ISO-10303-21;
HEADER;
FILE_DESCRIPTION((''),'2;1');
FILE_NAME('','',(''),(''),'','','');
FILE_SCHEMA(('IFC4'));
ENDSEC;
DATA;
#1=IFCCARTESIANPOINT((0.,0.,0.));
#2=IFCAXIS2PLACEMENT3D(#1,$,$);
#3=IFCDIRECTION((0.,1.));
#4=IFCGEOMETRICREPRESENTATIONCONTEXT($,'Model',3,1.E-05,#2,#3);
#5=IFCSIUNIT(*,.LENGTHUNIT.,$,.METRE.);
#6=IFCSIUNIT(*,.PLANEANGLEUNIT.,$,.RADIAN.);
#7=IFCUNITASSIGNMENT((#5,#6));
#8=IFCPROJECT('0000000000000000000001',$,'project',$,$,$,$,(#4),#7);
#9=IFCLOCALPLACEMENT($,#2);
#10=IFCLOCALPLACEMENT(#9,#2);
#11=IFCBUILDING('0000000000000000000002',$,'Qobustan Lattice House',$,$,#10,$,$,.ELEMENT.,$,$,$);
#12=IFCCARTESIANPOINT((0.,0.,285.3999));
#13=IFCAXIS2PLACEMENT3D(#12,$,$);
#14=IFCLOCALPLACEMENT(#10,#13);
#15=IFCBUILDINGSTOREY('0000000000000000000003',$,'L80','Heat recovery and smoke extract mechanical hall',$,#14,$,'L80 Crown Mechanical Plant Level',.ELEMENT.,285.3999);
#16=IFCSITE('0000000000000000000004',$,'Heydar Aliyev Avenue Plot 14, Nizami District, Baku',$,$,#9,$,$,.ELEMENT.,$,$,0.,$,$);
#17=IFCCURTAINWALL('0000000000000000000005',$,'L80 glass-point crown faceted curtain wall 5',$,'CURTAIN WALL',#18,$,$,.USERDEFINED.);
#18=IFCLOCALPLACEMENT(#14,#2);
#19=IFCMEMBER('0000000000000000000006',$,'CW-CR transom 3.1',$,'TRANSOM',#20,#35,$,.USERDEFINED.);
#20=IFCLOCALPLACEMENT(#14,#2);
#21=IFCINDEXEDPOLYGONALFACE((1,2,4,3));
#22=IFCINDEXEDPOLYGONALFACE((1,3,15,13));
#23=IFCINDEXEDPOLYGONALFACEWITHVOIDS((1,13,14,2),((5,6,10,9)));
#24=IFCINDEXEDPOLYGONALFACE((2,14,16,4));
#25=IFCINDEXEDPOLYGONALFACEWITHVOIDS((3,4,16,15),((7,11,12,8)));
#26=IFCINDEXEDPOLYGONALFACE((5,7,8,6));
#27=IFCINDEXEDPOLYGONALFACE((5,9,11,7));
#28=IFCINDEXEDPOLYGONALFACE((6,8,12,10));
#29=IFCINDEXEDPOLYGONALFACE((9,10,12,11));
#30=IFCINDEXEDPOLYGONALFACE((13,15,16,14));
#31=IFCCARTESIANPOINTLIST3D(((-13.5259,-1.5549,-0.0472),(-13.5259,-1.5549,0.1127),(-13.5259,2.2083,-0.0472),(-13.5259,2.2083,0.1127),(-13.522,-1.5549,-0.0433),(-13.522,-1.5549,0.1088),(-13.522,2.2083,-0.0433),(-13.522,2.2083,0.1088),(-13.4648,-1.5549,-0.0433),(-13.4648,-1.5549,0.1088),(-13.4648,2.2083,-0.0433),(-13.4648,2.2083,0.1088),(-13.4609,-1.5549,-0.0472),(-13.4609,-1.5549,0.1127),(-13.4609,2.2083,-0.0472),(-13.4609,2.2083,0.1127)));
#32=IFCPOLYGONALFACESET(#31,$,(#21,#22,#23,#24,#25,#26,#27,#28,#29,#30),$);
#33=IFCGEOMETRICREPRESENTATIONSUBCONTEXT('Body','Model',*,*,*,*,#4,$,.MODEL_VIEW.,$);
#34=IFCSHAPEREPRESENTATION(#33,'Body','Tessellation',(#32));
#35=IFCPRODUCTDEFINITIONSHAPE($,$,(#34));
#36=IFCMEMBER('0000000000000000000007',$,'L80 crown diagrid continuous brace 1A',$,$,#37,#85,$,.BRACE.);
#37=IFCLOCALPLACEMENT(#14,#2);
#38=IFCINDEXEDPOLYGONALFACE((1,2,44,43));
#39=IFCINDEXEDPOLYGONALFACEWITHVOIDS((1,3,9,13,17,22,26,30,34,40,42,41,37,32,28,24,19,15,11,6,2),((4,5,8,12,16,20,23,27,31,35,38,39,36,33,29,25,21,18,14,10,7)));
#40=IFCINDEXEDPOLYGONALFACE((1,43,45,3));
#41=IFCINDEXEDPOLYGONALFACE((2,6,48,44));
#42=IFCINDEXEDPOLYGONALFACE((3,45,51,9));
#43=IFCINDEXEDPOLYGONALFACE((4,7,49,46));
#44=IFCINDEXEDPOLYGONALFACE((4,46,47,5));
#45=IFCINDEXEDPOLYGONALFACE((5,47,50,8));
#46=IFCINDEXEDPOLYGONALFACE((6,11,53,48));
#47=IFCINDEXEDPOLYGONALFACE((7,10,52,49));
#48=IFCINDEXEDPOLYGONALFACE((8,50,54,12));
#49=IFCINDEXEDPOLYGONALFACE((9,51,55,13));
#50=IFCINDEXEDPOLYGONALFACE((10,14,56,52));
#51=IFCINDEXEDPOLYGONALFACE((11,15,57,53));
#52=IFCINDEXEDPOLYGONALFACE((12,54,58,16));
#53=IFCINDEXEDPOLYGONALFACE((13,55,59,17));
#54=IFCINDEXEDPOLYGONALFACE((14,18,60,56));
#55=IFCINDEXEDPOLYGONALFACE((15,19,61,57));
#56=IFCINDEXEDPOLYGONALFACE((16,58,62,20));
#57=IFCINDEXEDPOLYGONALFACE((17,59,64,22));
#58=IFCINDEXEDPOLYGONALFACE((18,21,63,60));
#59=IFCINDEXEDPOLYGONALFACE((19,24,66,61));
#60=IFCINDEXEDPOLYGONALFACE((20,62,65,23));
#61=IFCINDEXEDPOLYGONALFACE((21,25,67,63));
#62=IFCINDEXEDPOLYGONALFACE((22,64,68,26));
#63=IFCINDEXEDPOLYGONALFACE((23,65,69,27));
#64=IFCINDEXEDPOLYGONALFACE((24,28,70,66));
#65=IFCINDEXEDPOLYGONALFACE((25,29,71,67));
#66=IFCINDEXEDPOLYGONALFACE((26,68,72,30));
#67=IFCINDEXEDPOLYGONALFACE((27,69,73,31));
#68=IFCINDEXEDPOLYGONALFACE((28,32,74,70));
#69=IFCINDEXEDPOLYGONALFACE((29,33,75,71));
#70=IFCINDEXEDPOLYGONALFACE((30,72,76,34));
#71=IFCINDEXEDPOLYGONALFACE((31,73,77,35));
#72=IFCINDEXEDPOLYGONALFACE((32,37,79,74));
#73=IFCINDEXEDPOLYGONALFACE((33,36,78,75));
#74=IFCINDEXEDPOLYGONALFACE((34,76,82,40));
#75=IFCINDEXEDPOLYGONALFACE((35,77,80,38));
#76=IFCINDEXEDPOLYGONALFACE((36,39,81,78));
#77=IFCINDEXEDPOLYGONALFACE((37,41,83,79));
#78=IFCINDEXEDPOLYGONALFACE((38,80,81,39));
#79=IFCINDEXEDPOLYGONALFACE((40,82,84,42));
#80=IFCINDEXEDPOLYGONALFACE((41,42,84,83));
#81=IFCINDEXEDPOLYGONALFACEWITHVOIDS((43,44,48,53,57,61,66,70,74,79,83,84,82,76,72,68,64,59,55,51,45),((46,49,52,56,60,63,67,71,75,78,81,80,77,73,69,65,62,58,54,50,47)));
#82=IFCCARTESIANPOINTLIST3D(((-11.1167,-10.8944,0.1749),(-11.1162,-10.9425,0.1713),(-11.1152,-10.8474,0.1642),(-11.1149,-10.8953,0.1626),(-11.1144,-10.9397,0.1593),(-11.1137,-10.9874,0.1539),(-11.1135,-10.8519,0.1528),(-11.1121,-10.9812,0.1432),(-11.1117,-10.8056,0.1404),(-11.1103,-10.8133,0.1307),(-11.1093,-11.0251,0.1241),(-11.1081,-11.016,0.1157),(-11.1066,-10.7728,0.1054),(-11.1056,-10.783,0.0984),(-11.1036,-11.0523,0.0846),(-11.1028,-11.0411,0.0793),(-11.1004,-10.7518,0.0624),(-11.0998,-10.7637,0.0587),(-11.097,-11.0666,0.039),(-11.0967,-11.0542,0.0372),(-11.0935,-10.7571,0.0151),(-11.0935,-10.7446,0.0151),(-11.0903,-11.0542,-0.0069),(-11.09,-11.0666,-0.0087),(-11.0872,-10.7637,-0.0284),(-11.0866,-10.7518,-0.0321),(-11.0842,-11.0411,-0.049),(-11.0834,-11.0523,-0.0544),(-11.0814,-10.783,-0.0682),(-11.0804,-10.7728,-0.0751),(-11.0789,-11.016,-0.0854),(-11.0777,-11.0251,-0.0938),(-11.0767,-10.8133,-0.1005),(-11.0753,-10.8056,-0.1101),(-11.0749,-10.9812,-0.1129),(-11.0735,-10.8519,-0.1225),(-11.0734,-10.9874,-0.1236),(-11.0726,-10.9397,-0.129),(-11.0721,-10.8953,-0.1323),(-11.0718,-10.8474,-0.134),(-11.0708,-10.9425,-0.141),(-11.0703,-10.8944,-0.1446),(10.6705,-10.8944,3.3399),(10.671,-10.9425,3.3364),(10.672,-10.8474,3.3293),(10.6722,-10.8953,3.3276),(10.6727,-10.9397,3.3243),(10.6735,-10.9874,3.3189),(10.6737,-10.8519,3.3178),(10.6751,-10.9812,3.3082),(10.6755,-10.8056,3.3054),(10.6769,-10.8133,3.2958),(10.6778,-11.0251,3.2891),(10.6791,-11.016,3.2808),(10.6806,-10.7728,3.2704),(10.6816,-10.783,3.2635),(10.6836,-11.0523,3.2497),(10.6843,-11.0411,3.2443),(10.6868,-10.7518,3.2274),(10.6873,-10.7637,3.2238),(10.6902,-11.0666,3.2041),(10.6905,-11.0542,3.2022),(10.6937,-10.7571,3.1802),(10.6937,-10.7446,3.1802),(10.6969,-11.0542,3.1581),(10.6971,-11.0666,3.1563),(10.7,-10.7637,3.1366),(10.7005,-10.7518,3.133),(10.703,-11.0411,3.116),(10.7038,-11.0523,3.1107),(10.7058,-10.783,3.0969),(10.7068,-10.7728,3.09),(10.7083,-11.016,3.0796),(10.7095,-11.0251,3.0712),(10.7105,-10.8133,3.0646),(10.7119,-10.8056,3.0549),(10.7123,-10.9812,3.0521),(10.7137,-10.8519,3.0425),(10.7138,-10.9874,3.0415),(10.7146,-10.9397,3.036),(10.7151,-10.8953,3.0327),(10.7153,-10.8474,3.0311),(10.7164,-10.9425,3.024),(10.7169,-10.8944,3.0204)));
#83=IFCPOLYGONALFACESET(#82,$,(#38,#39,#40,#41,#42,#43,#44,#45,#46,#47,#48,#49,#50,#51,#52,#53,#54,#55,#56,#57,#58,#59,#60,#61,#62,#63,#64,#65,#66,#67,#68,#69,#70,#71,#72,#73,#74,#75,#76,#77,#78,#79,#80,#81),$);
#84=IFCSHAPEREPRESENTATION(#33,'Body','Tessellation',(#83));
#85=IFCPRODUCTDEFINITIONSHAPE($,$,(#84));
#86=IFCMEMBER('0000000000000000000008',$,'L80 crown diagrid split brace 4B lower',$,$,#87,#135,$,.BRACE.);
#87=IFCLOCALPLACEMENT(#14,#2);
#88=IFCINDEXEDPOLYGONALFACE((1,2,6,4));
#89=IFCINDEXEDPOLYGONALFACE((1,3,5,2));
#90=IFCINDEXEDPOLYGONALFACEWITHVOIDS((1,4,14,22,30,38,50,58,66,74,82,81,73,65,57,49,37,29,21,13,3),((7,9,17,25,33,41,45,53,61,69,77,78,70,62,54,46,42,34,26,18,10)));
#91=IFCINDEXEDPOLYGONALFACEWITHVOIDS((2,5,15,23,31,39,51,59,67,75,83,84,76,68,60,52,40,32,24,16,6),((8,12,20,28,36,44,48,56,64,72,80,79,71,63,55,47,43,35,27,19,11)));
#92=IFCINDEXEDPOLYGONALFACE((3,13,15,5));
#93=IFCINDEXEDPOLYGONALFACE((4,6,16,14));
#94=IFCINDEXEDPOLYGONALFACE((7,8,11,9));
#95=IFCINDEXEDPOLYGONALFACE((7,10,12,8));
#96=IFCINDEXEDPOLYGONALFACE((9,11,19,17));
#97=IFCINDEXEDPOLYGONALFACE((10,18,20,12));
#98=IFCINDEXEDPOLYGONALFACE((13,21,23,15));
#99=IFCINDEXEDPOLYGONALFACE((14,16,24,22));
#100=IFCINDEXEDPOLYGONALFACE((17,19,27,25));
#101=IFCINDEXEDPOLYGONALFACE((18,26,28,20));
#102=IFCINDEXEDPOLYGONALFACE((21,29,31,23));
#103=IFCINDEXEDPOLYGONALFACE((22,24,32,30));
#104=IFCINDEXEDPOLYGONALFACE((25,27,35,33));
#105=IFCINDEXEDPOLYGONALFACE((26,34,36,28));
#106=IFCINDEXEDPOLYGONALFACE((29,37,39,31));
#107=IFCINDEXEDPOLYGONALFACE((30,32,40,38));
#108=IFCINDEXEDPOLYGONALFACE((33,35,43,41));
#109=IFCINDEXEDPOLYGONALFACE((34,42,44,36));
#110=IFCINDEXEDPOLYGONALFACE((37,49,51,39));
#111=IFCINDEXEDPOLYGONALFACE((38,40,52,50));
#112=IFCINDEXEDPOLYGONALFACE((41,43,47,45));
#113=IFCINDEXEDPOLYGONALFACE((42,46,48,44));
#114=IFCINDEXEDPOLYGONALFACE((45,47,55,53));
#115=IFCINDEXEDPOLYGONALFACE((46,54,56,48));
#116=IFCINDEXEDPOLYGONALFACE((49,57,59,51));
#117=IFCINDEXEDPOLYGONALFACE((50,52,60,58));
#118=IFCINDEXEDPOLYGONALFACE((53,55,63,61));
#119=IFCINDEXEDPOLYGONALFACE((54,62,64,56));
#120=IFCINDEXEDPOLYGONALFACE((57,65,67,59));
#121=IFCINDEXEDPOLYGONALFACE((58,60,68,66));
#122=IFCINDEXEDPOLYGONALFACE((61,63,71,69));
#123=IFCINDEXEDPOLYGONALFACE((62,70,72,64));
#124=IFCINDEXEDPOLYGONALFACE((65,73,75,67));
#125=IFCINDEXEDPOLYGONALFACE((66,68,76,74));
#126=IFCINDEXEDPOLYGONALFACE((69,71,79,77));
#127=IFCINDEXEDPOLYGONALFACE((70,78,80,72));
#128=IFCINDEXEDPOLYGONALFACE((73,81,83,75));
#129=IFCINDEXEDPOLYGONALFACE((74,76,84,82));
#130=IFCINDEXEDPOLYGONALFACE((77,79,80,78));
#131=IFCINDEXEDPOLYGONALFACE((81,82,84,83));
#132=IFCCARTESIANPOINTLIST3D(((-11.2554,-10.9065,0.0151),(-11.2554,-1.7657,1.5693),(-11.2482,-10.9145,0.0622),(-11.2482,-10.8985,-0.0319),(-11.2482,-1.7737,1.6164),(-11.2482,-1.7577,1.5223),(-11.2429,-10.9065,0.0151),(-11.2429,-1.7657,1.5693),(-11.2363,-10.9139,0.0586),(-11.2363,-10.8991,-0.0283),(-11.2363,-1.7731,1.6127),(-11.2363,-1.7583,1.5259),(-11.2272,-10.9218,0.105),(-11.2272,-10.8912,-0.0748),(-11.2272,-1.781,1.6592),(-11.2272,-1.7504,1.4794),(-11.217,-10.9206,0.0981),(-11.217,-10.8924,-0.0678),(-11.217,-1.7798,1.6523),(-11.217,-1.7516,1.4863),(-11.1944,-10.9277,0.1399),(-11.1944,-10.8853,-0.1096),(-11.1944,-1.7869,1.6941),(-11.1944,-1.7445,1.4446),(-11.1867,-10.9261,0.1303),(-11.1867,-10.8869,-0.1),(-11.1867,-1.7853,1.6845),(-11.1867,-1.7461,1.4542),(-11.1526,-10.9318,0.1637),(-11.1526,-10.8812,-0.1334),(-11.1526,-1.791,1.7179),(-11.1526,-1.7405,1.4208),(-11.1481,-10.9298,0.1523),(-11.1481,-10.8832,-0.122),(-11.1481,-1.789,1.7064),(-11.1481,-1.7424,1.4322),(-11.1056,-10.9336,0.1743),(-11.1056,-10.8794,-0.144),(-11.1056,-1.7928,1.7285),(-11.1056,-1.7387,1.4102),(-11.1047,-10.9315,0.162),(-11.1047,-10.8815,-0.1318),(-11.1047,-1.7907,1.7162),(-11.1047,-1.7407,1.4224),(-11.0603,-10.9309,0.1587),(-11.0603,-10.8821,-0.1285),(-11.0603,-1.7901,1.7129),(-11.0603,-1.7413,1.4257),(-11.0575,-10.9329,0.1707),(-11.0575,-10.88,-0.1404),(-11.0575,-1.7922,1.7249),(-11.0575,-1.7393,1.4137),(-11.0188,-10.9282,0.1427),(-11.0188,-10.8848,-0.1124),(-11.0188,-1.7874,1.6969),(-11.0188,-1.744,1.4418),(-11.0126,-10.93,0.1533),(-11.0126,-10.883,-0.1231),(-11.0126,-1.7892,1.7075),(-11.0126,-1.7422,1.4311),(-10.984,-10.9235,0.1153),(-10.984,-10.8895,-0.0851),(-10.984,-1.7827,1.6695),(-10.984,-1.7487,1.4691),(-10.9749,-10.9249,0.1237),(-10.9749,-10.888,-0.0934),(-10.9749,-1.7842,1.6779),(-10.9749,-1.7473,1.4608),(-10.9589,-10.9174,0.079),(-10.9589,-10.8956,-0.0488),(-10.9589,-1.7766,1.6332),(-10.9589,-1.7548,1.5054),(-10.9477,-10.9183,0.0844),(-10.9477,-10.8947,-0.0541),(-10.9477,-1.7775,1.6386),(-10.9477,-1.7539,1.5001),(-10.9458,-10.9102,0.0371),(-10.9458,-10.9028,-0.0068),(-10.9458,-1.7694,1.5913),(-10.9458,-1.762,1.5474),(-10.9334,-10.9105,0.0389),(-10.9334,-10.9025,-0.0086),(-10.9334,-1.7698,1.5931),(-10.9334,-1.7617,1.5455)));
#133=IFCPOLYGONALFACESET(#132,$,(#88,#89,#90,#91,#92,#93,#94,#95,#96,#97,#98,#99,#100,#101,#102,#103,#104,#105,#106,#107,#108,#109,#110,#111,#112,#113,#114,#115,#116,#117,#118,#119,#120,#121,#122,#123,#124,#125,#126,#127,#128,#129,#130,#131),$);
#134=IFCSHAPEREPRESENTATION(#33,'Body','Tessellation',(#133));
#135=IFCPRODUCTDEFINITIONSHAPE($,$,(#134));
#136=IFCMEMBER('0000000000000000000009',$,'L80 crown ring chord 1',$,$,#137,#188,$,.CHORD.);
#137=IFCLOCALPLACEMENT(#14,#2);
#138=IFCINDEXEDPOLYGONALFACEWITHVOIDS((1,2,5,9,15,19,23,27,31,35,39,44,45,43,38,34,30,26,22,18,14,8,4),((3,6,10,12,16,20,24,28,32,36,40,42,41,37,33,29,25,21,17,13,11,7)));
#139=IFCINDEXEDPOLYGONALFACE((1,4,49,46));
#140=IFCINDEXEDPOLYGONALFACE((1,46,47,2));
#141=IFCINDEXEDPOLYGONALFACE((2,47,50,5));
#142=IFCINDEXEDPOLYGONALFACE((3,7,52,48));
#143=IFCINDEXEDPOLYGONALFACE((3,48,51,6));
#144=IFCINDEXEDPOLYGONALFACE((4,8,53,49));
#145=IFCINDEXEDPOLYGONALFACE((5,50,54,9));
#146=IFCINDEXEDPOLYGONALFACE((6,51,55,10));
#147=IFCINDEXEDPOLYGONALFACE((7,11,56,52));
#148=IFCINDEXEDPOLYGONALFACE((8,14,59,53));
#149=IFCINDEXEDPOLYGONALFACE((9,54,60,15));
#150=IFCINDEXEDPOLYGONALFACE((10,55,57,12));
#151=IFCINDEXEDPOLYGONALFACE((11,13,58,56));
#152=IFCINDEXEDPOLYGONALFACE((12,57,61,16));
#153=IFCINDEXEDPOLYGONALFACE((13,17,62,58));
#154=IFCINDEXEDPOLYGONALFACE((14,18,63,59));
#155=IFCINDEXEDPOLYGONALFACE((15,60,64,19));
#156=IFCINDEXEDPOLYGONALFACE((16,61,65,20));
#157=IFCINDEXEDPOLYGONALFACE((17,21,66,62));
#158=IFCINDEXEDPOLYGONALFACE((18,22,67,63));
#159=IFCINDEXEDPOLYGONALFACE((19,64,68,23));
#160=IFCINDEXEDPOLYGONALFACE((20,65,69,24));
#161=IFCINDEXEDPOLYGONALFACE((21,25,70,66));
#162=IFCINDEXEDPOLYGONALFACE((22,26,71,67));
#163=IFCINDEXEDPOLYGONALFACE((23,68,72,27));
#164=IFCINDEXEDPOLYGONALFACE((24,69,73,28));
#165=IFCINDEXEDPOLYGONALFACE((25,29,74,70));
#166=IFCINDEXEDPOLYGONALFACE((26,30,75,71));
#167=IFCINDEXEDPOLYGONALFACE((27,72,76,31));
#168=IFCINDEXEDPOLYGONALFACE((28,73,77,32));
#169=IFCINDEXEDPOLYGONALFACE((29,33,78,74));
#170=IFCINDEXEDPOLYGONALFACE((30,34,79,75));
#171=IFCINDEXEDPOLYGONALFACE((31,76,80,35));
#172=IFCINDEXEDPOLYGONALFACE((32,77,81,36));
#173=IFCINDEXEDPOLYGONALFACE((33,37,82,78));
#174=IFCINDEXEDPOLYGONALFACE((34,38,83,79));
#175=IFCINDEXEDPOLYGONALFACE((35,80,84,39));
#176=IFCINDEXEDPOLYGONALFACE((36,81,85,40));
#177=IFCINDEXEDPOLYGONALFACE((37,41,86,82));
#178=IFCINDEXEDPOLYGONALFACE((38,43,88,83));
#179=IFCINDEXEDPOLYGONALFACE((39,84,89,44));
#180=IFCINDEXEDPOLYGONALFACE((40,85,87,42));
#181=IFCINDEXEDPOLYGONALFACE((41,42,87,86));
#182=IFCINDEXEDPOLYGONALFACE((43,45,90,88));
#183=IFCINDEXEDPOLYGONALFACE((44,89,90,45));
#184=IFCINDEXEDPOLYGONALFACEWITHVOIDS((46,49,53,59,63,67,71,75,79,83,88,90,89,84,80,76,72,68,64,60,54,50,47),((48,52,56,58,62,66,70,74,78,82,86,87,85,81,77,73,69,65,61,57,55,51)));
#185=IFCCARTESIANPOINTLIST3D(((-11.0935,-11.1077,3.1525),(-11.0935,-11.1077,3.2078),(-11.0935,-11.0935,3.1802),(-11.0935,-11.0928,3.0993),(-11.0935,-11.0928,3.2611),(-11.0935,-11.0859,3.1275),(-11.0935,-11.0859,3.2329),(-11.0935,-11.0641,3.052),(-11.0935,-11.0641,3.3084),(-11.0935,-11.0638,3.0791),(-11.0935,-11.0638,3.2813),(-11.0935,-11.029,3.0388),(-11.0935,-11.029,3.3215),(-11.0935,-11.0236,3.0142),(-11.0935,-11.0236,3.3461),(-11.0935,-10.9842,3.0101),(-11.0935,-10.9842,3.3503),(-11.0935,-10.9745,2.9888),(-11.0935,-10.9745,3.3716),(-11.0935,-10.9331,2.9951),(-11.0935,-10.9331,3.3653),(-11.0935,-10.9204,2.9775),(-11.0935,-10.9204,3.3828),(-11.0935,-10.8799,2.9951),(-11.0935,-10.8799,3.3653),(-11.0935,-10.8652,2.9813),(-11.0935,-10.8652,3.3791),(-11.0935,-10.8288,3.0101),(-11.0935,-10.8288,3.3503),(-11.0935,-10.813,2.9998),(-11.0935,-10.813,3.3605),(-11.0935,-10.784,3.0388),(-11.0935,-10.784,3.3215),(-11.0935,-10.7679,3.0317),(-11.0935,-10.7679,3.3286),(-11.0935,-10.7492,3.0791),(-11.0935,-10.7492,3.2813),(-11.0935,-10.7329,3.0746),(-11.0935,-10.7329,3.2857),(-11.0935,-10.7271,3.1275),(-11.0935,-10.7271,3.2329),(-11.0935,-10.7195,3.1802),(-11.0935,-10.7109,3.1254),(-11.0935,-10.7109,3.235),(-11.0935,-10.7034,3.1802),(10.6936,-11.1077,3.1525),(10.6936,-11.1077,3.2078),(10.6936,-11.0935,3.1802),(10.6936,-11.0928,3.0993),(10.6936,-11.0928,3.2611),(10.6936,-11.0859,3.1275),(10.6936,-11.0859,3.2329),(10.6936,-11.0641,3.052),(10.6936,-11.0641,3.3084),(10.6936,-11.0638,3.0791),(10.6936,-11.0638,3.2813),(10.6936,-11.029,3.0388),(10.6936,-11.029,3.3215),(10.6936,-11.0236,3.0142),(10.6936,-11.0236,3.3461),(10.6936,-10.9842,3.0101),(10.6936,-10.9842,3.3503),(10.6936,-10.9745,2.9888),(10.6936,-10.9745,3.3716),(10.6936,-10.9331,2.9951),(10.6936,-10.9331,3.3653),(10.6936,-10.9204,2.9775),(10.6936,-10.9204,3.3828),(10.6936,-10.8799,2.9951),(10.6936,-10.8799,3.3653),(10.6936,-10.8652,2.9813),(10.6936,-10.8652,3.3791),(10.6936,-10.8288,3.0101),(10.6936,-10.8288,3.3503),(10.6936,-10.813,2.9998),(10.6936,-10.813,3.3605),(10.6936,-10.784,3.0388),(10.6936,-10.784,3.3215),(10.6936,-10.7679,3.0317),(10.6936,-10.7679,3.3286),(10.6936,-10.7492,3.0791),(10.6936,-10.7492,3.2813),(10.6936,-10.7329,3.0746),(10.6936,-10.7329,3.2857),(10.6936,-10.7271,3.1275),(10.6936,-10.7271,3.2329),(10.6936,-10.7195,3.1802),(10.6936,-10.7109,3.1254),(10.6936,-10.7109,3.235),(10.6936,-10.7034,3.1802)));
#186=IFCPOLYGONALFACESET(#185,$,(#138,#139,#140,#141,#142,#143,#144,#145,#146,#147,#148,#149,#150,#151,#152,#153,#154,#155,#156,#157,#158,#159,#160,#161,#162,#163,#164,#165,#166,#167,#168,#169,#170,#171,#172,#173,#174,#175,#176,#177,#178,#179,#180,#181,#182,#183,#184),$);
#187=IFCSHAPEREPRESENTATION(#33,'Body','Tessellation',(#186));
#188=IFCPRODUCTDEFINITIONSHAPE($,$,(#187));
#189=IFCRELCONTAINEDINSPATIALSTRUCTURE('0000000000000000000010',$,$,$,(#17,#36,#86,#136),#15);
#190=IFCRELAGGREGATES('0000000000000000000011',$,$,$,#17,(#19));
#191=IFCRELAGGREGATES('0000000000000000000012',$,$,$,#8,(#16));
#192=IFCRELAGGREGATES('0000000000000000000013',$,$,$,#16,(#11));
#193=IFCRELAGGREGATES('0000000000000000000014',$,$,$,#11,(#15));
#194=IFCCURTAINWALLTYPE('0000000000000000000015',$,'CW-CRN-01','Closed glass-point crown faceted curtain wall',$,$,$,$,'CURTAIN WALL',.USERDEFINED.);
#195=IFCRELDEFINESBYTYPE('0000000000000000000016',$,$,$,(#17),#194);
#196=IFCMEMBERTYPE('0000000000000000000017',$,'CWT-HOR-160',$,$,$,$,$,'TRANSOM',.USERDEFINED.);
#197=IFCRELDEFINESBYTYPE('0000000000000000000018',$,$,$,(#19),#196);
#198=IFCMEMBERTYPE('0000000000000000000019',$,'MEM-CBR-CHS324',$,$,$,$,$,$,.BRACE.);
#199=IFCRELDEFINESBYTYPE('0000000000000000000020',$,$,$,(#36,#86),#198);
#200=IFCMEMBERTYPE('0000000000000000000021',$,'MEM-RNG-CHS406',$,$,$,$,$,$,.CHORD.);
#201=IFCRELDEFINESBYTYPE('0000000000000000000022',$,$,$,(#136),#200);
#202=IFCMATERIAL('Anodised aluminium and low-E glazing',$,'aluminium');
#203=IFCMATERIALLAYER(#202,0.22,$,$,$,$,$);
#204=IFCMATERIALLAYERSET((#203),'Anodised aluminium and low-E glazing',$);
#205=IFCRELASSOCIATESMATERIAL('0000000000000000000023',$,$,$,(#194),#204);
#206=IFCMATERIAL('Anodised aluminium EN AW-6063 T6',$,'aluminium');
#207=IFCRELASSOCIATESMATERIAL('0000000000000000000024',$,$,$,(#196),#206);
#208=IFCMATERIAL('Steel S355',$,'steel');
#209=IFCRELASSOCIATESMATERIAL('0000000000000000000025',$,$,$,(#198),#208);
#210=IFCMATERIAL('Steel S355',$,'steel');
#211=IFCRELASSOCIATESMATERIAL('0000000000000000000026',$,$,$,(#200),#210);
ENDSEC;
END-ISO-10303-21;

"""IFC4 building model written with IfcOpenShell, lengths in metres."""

from ifc_helpers import new_model, si_unit, direction, frame, origin, origin_2d, place, context, subcontext, project, spatial, hollow_rectangle, hollow_circle, extrude, material, layer, layer_set, material_profile, profile_set, type_object, element, aggregate, save


model = new_model("IFC4")

# Units and contexts
model_context = context("Model", 3, precision=1e-05, world=origin(), true_north=direction((0.0, 1.0)))
body_context = subcontext(model_context, "Body", "Model", "MODEL_VIEW")
ifc_project = project(units=[si_unit("LENGTHUNIT", "METRE"), si_unit("PLANEANGLEUNIT", "RADIAN")], contexts=[model_context])

# Site, building, storey
site_placement = place(None, origin())
site = spatial("IfcSite", under=ifc_project, at=site_placement, Name="Heydar Aliyev Avenue Plot 14, Nizami District, Baku", CompositionType="ELEMENT", RefElevation=0.0)
building_placement = place(site_placement, origin())
building = spatial("IfcBuilding", under=site, at=building_placement, Name="Qobustan Lattice House", CompositionType="ELEMENT")
storey_placement = place(building_placement, frame((0.0, 0.0, 285.3999)))
storey = spatial("IfcBuildingStorey", under=building, at=storey_placement, Name="L80", Description="Heat recovery and smoke extract mechanical hall", LongName="L80 Crown Mechanical Plant Level", CompositionType="ELEMENT", Elevation=285.3999)

# Curtain wall
ifc_material_1 = material(Name="Anodised aluminium and low-E glazing", Category="aluminium")
ifc_layer_1 = layer(ifc_material_1, 0.22)
ifc_layer_set_1 = layer_set([ifc_layer_1], Name="Anodised aluminium and low-E glazing")
curtain_wall_type = type_object("IfcCurtainWallType", Name="CW-CRN-01", Description="Closed glass-point crown faceted curtain wall", ElementType="CURTAIN WALL", PredefinedType="USERDEFINED", material=ifc_layer_set_1)
curtain_wall_1_placement = place(storey_placement, origin())
curtain_wall_1 = element("IfcCurtainWall", 1, at=curtain_wall_1_placement, inside=storey, type_object=curtain_wall_type, Name="L80 glass-point crown faceted curtain wall 5", ObjectType="CURTAIN WALL", PredefinedType="USERDEFINED")

# Member
ifc_material_2 = material(Name="Anodised aluminium EN AW-6063 T6", Category="aluminium")
ifc_material_profile_1 = material_profile(ifc_material_2, hollow_rectangle(XDim=0.0649, YDim=0.1599, WallThickness=0.0039, at=origin_2d()), Name="CWT-160x65")
ifc_profile_set_1 = profile_set([ifc_material_profile_1], Name="Anodised aluminium EN AW-6063 T6")
member_type_1 = type_object("IfcMemberType", Name="CWT-HOR-160", ElementType="TRANSOM", PredefinedType="USERDEFINED", material=ifc_profile_set_1)
member_1_placement = place(storey_placement, frame((-13.4934, -1.5549, 0.0327), z_axis=(0.0, 1.0, 0.0), x_axis=(-1.0, 0.0, 0.0)))
member_1 = element("IfcMember", 2, at=member_1_placement, type_object=member_type_1, Name="CW-CR transom 3.1", ObjectType="TRANSOM", PredefinedType="USERDEFINED", context=body_context, shape_type="SweptSolid", body=[
    extrude(hollow_rectangle(XDim=0.0649, YDim=0.1599, WallThickness=0.0039, at=origin_2d()), origin(), (0.0, 0.0, 1.0), 3.7632),
])

# Members
ifc_material_3 = material(Name="Steel S355", Category="steel")
ifc_material_profile_2 = material_profile(ifc_material_3, hollow_circle(Radius=0.1619, WallThickness=0.0125, at=origin_2d()), Name="CHS323.9x12.5")
ifc_profile_set_2 = profile_set([ifc_material_profile_2], Name="Steel S355")
member_type_2 = type_object("IfcMemberType", Name="MEM-CBR-CHS324", PredefinedType="BRACE", material=ifc_profile_set_2)
member_2_placement = place(storey_placement, frame((-11.0935, -10.9065, 0.0151), z_axis=(0.989612, 0.0, 0.143762), x_axis=(0.0, 1.0, 0.0)))
element("IfcMember", 3, at=member_2_placement, inside=storey, type_object=member_type_2, Name="L80 crown diagrid continuous brace 1A", PredefinedType="BRACE", context=body_context, shape_type="SweptSolid", body=[
    extrude(hollow_circle(Radius=0.1619, WallThickness=0.0125, at=origin_2d()), origin(), (0.0, 0.0, 1.0), 22.0159),
])
member_3_placement = place(storey_placement, frame((-11.0935, -10.9065, 0.0151), z_axis=(0.0, 0.985851, 0.167622), x_axis=(-1.0, 0.0, 0.0)))
element("IfcMember", 4, at=member_3_placement, inside=storey, type_object=member_type_2, Name="L80 crown diagrid split brace 4B lower", PredefinedType="BRACE", context=body_context, shape_type="SweptSolid", body=[
    extrude(hollow_circle(Radius=0.1619, WallThickness=0.0125, at=origin_2d()), origin(), (0.0, 0.0, 1.0), 9.272),
])
ifc_material_4 = material(Name="Steel S355", Category="steel")
ifc_material_profile_3 = material_profile(ifc_material_4, hollow_circle(Radius=0.2031, WallThickness=0.0161, at=origin_2d()), Name="CHS406.4x16")
ifc_profile_set_3 = profile_set([ifc_material_profile_3], Name="Steel S355")
member_type_3 = type_object("IfcMemberType", Name="MEM-RNG-CHS406", PredefinedType="CHORD", material=ifc_profile_set_3)
member_4_placement = place(storey_placement, frame((-11.0935, -10.9065, 3.1802), z_axis=(1.0, 0.0, 0.0), x_axis=(0.0, 1.0, 0.0)))
element("IfcMember", 5, at=member_4_placement, inside=storey, type_object=member_type_3, Name="L80 crown ring chord 1", PredefinedType="CHORD", context=body_context, shape_type="SweptSolid", body=[
    extrude(hollow_circle(Radius=0.2031, WallThickness=0.0161, at=origin_2d()), origin(), (0.0, 0.0, 1.0), 21.7871),
])

aggregate(curtain_wall_1, [member_1])

save(model, "model.ifc")
